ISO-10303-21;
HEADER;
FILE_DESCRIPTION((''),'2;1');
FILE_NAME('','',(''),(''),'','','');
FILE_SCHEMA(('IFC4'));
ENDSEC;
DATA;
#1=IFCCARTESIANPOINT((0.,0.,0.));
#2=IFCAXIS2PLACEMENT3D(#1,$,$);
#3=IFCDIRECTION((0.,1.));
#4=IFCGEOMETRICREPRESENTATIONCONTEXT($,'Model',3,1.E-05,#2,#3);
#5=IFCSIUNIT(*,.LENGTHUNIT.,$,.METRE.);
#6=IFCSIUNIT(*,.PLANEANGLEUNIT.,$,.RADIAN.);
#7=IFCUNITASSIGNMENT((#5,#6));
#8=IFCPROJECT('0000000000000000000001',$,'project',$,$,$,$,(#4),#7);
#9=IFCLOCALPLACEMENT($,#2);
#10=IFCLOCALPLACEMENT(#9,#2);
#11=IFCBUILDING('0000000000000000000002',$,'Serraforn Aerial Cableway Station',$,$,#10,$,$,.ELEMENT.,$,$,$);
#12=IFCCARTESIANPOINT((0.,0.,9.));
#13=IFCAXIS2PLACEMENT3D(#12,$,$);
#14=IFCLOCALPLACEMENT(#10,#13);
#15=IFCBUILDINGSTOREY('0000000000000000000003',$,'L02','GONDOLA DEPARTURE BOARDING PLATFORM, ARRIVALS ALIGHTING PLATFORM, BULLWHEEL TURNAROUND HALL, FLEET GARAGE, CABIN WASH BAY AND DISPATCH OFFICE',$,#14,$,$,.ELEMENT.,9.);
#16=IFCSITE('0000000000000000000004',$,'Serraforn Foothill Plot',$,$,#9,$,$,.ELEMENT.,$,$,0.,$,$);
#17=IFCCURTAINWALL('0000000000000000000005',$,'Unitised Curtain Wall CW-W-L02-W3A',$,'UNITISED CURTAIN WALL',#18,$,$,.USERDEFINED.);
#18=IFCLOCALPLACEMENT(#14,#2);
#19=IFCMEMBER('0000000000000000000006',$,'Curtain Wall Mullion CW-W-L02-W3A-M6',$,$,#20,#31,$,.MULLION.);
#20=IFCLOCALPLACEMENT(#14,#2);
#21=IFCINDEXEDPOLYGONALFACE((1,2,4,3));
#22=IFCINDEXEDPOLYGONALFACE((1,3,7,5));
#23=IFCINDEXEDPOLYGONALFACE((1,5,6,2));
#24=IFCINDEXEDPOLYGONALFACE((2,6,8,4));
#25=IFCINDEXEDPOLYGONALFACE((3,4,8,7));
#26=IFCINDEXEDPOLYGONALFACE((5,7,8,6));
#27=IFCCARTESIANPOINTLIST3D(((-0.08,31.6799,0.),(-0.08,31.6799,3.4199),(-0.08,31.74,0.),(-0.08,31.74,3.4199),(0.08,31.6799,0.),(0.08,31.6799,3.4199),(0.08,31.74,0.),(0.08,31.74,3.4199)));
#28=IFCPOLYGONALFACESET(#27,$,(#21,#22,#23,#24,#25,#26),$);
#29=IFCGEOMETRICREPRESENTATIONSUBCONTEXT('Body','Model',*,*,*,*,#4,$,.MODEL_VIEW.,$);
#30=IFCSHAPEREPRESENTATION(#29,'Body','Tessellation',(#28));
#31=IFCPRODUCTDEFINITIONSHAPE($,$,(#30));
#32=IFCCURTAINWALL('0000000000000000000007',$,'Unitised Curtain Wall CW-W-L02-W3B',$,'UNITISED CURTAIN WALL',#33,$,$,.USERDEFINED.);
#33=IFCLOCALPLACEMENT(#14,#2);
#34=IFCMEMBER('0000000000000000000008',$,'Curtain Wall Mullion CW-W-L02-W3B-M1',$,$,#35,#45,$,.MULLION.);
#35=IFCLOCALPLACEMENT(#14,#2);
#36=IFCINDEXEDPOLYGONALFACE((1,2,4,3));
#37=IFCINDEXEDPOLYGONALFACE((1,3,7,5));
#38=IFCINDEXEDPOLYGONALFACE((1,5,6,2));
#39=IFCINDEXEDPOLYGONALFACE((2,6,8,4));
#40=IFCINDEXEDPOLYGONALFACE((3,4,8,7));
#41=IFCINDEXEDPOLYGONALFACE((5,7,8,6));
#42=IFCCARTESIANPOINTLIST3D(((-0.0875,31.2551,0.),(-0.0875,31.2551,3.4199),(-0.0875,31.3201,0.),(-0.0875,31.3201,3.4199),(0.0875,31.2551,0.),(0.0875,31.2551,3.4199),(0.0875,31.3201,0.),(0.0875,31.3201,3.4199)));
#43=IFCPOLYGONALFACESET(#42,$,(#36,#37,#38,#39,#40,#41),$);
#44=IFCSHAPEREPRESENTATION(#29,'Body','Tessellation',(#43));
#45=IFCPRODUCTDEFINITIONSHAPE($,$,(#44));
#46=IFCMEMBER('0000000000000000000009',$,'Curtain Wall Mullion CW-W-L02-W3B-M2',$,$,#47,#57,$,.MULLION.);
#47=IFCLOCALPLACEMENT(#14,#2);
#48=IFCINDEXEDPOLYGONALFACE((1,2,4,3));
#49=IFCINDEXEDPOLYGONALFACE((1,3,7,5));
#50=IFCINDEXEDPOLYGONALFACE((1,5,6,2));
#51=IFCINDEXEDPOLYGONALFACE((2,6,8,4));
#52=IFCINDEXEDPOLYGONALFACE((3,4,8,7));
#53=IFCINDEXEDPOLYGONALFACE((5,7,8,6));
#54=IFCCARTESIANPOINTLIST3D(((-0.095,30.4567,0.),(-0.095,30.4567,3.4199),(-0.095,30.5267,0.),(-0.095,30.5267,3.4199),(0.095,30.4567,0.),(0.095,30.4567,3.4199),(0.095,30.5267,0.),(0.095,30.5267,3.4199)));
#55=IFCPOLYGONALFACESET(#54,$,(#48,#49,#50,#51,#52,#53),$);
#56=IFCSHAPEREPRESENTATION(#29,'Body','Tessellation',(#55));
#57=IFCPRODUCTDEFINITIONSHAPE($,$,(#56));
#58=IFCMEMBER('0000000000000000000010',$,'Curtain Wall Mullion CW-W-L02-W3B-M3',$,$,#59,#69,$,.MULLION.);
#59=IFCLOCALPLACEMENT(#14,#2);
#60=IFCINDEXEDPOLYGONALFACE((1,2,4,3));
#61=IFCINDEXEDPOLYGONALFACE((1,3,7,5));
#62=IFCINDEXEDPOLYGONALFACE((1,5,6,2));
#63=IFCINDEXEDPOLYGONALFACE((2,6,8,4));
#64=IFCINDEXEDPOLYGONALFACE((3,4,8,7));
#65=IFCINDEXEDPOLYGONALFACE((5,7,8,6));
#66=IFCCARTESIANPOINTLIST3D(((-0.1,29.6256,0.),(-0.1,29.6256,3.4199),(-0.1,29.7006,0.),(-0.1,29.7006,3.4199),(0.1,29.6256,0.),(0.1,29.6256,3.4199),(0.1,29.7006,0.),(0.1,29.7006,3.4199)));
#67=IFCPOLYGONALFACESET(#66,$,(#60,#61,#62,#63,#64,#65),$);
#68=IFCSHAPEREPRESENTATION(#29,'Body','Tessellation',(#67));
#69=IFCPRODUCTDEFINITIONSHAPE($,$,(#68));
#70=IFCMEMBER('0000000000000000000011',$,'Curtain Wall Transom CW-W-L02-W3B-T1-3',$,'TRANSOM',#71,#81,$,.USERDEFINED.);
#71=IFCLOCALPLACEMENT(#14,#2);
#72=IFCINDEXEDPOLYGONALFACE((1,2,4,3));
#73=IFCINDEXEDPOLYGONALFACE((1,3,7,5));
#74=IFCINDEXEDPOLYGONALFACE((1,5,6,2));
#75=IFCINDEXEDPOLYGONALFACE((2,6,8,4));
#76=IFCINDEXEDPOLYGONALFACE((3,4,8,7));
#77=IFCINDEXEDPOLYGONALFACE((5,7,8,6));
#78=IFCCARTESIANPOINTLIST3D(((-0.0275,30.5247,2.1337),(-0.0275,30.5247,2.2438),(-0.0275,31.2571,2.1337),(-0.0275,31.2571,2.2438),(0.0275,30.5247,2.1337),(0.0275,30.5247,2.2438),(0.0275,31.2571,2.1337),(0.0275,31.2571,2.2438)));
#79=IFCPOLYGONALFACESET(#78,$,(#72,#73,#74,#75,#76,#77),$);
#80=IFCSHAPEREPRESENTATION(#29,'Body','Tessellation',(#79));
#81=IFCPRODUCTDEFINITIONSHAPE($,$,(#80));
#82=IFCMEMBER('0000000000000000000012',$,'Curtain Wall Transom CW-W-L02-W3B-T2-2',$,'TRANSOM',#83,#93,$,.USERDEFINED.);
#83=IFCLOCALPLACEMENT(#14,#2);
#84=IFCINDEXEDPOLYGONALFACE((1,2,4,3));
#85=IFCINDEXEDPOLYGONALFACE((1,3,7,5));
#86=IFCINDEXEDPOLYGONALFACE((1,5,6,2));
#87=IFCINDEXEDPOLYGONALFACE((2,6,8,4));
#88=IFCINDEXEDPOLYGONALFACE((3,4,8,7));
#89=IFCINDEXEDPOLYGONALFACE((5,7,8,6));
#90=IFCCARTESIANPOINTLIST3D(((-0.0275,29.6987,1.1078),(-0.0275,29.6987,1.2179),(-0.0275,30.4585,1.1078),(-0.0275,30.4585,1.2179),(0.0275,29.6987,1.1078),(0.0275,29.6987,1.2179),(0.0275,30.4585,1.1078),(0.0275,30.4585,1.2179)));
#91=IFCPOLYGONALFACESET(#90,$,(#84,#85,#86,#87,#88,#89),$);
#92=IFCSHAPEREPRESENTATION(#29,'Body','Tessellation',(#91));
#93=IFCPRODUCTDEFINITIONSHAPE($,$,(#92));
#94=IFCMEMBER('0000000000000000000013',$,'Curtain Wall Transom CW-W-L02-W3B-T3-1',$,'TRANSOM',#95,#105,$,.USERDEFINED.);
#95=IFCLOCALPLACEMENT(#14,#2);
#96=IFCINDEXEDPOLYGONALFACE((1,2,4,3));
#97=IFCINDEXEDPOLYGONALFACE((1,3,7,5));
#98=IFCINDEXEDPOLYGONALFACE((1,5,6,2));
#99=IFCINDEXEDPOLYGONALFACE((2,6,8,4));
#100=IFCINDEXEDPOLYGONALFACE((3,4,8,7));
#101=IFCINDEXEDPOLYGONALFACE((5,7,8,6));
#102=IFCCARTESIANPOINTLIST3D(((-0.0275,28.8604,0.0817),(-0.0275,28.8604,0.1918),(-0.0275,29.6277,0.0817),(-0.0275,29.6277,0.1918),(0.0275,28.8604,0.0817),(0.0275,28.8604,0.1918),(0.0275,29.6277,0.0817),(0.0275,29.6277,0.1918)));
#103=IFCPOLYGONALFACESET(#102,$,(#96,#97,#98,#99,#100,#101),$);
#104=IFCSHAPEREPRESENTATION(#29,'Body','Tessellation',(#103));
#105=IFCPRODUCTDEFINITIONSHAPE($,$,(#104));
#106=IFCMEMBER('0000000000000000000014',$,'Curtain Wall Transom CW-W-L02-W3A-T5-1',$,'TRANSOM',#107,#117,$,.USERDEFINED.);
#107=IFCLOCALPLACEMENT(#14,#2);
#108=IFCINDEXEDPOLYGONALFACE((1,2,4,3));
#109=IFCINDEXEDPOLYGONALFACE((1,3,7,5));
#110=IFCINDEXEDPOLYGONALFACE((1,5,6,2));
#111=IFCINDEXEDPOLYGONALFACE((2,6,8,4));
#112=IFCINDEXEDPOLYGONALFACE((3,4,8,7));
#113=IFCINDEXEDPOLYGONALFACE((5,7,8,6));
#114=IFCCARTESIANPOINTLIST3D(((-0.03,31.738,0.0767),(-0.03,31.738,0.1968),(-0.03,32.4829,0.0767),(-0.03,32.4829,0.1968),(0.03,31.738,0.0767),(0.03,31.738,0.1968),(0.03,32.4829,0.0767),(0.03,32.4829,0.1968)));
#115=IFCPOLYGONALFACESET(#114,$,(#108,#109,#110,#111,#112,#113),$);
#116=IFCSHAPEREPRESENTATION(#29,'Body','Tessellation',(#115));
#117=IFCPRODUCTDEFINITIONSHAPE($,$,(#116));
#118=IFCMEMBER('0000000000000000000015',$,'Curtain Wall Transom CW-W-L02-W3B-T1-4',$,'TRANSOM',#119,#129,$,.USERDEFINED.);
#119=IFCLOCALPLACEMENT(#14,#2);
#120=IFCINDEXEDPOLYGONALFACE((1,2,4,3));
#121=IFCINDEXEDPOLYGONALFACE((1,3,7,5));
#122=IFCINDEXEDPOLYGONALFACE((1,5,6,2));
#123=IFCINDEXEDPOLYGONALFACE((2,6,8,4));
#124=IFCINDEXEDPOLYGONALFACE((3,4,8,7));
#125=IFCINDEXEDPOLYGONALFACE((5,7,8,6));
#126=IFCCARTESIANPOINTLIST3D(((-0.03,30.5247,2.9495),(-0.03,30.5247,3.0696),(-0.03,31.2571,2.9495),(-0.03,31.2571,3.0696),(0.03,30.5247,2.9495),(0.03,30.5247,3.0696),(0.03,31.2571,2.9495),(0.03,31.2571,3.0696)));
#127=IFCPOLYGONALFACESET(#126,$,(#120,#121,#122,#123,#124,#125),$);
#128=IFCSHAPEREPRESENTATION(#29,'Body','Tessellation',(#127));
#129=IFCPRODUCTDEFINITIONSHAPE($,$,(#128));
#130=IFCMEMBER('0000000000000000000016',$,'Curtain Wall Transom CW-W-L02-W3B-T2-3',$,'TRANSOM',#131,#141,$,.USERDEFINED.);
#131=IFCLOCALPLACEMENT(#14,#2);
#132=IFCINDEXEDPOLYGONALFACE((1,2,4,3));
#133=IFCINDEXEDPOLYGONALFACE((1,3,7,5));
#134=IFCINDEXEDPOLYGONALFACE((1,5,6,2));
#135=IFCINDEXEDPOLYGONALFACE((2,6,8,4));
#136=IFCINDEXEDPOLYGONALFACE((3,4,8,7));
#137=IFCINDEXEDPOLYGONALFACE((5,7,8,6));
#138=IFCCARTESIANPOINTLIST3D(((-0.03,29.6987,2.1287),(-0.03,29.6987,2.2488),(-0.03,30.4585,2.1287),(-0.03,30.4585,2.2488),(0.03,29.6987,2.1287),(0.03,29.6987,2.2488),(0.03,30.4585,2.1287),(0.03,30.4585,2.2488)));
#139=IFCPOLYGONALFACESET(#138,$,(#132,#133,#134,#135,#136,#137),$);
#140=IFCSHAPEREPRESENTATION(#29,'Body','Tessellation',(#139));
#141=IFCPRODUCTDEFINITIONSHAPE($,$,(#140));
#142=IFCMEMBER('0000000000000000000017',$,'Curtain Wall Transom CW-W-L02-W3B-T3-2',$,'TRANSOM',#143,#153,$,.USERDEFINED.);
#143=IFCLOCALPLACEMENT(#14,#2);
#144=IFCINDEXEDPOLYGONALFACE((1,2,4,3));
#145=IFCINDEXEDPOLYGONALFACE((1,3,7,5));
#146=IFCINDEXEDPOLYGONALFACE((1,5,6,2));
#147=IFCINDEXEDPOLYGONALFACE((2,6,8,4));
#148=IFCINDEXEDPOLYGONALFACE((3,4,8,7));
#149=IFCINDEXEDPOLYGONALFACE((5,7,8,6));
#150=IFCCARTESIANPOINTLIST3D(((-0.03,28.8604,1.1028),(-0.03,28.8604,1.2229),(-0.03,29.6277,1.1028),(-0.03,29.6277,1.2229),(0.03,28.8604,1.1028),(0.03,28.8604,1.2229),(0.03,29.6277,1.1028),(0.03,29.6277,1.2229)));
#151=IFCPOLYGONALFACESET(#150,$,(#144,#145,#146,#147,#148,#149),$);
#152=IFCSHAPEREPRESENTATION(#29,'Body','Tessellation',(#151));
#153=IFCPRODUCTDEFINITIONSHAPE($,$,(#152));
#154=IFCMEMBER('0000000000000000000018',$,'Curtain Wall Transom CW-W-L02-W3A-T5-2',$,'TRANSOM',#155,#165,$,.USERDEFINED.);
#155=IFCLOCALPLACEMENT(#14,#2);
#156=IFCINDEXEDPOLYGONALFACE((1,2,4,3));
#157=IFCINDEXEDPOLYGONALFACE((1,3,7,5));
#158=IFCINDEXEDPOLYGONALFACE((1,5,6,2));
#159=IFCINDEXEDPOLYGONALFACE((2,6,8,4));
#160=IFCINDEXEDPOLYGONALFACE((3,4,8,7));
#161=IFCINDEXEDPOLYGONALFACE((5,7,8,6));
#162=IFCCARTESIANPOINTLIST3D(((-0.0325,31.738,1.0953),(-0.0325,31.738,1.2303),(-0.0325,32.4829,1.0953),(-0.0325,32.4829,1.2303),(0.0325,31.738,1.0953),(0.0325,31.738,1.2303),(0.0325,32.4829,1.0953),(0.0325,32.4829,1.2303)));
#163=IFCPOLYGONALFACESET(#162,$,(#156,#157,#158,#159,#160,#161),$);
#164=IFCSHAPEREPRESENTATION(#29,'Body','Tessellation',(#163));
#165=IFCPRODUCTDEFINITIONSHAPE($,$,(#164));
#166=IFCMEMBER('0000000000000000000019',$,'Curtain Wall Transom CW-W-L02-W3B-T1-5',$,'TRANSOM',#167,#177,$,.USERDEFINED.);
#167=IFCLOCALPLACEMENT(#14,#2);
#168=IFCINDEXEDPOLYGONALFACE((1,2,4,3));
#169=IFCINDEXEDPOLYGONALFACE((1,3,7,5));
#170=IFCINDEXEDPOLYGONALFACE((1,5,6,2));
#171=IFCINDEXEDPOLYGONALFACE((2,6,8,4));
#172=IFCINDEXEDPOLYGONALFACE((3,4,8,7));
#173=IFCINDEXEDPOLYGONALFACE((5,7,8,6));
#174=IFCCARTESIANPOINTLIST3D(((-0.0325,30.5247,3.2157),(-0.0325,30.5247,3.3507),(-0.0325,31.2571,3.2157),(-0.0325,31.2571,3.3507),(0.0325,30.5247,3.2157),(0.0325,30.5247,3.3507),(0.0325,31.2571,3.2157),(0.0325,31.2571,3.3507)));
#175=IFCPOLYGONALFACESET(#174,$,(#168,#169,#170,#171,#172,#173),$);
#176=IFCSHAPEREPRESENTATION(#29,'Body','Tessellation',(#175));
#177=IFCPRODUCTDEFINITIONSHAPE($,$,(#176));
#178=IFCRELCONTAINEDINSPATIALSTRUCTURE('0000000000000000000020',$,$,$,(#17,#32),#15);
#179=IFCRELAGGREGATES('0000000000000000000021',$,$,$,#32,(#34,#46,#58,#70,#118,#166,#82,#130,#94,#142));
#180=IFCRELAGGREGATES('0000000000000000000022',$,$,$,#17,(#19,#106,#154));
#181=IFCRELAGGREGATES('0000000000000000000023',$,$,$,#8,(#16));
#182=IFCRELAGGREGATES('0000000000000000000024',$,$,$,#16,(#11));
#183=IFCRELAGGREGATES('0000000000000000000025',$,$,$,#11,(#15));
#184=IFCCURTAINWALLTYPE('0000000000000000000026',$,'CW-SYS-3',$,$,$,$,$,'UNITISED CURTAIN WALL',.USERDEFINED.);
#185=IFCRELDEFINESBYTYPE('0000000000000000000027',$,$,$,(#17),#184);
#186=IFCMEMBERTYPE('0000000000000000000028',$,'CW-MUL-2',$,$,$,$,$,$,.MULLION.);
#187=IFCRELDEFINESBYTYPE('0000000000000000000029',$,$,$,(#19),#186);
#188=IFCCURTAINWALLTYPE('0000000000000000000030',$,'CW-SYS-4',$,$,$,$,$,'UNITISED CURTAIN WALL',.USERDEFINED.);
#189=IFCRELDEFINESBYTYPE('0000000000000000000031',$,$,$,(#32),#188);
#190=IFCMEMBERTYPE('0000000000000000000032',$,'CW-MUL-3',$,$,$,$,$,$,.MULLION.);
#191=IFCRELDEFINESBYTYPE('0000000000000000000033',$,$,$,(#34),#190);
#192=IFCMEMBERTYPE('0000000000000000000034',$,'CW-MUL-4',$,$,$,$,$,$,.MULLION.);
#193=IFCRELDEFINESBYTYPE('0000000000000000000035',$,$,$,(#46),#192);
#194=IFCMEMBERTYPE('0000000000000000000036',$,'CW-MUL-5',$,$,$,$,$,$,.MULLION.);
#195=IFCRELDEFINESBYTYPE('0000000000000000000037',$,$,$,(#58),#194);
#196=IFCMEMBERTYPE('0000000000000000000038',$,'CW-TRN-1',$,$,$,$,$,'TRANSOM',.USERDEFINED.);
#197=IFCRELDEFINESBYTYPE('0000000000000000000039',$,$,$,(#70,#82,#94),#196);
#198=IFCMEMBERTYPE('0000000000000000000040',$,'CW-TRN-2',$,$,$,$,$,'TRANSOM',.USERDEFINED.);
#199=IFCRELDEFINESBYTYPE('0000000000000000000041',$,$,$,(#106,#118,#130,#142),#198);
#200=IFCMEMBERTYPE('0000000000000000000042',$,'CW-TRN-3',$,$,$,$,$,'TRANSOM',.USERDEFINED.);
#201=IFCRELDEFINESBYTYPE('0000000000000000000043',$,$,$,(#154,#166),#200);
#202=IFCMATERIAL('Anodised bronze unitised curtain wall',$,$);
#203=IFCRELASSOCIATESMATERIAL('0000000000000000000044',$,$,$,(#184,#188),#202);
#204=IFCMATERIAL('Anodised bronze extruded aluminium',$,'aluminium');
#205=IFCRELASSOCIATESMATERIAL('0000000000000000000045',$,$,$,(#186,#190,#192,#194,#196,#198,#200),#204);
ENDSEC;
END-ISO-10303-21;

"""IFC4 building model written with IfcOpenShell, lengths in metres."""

from ifc_helpers import new_model, si_unit, direction, frame, origin, origin_2d, place, context, subcontext, project, spatial, rectangle, extrude, material, material_profile, profile_set, type_object, element, aggregate, save


model = new_model("IFC4")

# Units and contexts
model_context = context("Model", 3, precision=1e-05, world=origin(), true_north=direction((0.0, 1.0)))
body_context = subcontext(model_context, "Body", "Model", "MODEL_VIEW")
ifc_project = project(units=[si_unit("LENGTHUNIT", "METRE"), si_unit("PLANEANGLEUNIT", "RADIAN")], contexts=[model_context])

# Site, building, storey
site_placement = place(None, origin())
site = spatial("IfcSite", under=ifc_project, at=site_placement, Name="Serraforn Foothill Plot", CompositionType="ELEMENT", RefElevation=0.0)
building_placement = place(site_placement, origin())
building = spatial("IfcBuilding", under=site, at=building_placement, Name="Serraforn Aerial Cableway Station", CompositionType="ELEMENT")
storey_placement = place(building_placement, frame((0.0, 0.0, 9.0)))
storey = spatial("IfcBuildingStorey", under=building, at=storey_placement, Name="L02", Description="GONDOLA DEPARTURE BOARDING PLATFORM, ARRIVALS ALIGHTING PLATFORM, BULLWHEEL TURNAROUND HALL, FLEET GARAGE, CABIN WASH BAY AND DISPATCH OFFICE", CompositionType="ELEMENT", Elevation=9.0)

# Curtain wall, member
ifc_material_1 = material(Name="Anodised bronze unitised curtain wall")
curtain_wall_type_1 = type_object("IfcCurtainWallType", Name="CW-SYS-3", ElementType="UNITISED CURTAIN WALL", PredefinedType="USERDEFINED", material=ifc_material_1)
curtain_wall_1_placement = place(storey_placement, origin())
curtain_wall_1 = element("IfcCurtainWall", 1, at=curtain_wall_1_placement, inside=storey, type_object=curtain_wall_type_1, Name="Unitised Curtain Wall CW-W-L02-W3A", ObjectType="UNITISED CURTAIN WALL", PredefinedType="USERDEFINED")
ifc_material_2 = material(Name="Anodised bronze extruded aluminium", Category="aluminium")
ifc_material_profile_1 = material_profile(ifc_material_2, rectangle(XDim=0.0601, YDim=0.1599, at=origin_2d()), Name="CW MULLION 60x160")
ifc_profile_set_1 = profile_set([ifc_material_profile_1], Name="Anodised bronze extruded aluminium")
member_type_1 = type_object("IfcMemberType", Name="CW-MUL-2", PredefinedType="MULLION", material=ifc_profile_set_1)
member_1_placement = place(storey_placement, frame((0.0, 31.71, 0.0), z_axis=(0.0, 0.0, 1.0), x_axis=(0.0, -1.0, 0.0)))
member_1 = element("IfcMember", 2, at=member_1_placement, type_object=member_type_1, Name="Curtain Wall Mullion CW-W-L02-W3A-M6", PredefinedType="MULLION", context=body_context, shape_type="SweptSolid", body=[
    extrude(rectangle(XDim=0.0601, YDim=0.1599, at=origin_2d()), origin(), (0.0, 0.0, 1.0), 3.4199),
])

# Curtain wall, members
curtain_wall_type_2 = type_object("IfcCurtainWallType", Name="CW-SYS-4", ElementType="UNITISED CURTAIN WALL", PredefinedType="USERDEFINED", material=ifc_material_1)
curtain_wall_2_placement = place(storey_placement, origin())
curtain_wall_2 = element("IfcCurtainWall", 3, at=curtain_wall_2_placement, inside=storey, type_object=curtain_wall_type_2, Name="Unitised Curtain Wall CW-W-L02-W3B", ObjectType="UNITISED CURTAIN WALL", PredefinedType="USERDEFINED")
ifc_material_profile_2 = material_profile(ifc_material_2, rectangle(XDim=0.0649, YDim=0.175, at=origin_2d()), Name="CW MULLION 65x175")
ifc_profile_set_2 = profile_set([ifc_material_profile_2], Name="Anodised bronze extruded aluminium")
member_type_2 = type_object("IfcMemberType", Name="CW-MUL-3", PredefinedType="MULLION", material=ifc_profile_set_2)
member_2_placement = place(storey_placement, frame((0.0, 31.2876, 0.0), z_axis=(0.0, 0.0, 1.0), x_axis=(0.0, -1.0, 0.0)))
member_2 = element("IfcMember", 4, at=member_2_placement, type_object=member_type_2, Name="Curtain Wall Mullion CW-W-L02-W3B-M1", PredefinedType="MULLION", context=body_context, shape_type="SweptSolid", body=[
    extrude(rectangle(XDim=0.0649, YDim=0.175, at=origin_2d()), origin(), (0.0, 0.0, 1.0), 3.4199),
])
ifc_material_profile_3 = material_profile(ifc_material_2, rectangle(XDim=0.0701, YDim=0.1899, at=origin_2d()), Name="CW MULLION 70x190")
ifc_profile_set_3 = profile_set([ifc_material_profile_3], Name="Anodised bronze extruded aluminium")
member_type_3 = type_object("IfcMemberType", Name="CW-MUL-4", PredefinedType="MULLION", material=ifc_profile_set_3)
member_3_placement = place(storey_placement, frame((0.0, 30.4917, 0.0), z_axis=(0.0, 0.0, 1.0), x_axis=(0.0, -1.0, 0.0)))
member_3 = element("IfcMember", 5, at=member_3_placement, type_object=member_type_3, Name="Curtain Wall Mullion CW-W-L02-W3B-M2", PredefinedType="MULLION", context=body_context, shape_type="SweptSolid", body=[
    extrude(rectangle(XDim=0.0701, YDim=0.1899, at=origin_2d()), origin(), (0.0, 0.0, 1.0), 3.4199),
])
ifc_material_profile_4 = material_profile(ifc_material_2, rectangle(XDim=0.075, YDim=0.2, at=origin_2d()), Name="CW MULLION 75x200")
ifc_profile_set_4 = profile_set([ifc_material_profile_4], Name="Anodised bronze extruded aluminium")
member_type_4 = type_object("IfcMemberType", Name="CW-MUL-5", PredefinedType="MULLION", material=ifc_profile_set_4)
member_4_placement = place(storey_placement, frame((0.0, 29.6631, 0.0), z_axis=(0.0, 0.0, 1.0), x_axis=(0.0, -1.0, 0.0)))
member_4 = element("IfcMember", 6, at=member_4_placement, type_object=member_type_4, Name="Curtain Wall Mullion CW-W-L02-W3B-M3", PredefinedType="MULLION", context=body_context, shape_type="SweptSolid", body=[
    extrude(rectangle(XDim=0.075, YDim=0.2, at=origin_2d()), origin(), (0.0, 0.0, 1.0), 3.4199),
])
ifc_material_profile_5 = material_profile(ifc_material_2, rectangle(XDim=0.0549, YDim=0.1101, at=origin_2d()), Name="CW TRANSOM 55x110")
ifc_profile_set_5 = profile_set([ifc_material_profile_5], Name="Anodised bronze extruded aluminium")
member_type_5 = type_object("IfcMemberType", Name="CW-TRN-1", ElementType="TRANSOM", PredefinedType="USERDEFINED", material=ifc_profile_set_5)
member_5_placement = place(storey_placement, frame((0.0, 31.2571, 2.1887), z_axis=(0.0, -1.0, 0.0), x_axis=(1.0, 0.0, 0.0)))
member_5 = element("IfcMember", 7, at=member_5_placement, type_object=member_type_5, Name="Curtain Wall Transom CW-W-L02-W3B-T1-3", ObjectType="TRANSOM", PredefinedType="USERDEFINED", context=body_context, shape_type="SweptSolid", body=[
    extrude(rectangle(XDim=0.0549, YDim=0.1101, at=origin_2d()), origin(), (0.0, 0.0, 1.0), 0.7324),
])
member_6_placement = place(storey_placement, frame((0.0, 30.4585, 1.1628), z_axis=(0.0, -1.0, 0.0), x_axis=(1.0, 0.0, 0.0)))
member_6 = element("IfcMember", 8, at=member_6_placement, type_object=member_type_5, Name="Curtain Wall Transom CW-W-L02-W3B-T2-2", ObjectType="TRANSOM", PredefinedType="USERDEFINED", context=body_context, shape_type="SweptSolid", body=[
    extrude(rectangle(XDim=0.0549, YDim=0.1101, at=origin_2d()), origin(), (0.0, 0.0, 1.0), 0.7598),
])
member_7_placement = place(storey_placement, frame((0.0, 29.6277, 0.1367), z_axis=(0.0, -1.0, 0.0), x_axis=(1.0, 0.0, 0.0)))
member_7 = element("IfcMember", 9, at=member_7_placement, type_object=member_type_5, Name="Curtain Wall Transom CW-W-L02-W3B-T3-1", ObjectType="TRANSOM", PredefinedType="USERDEFINED", context=body_context, shape_type="SweptSolid", body=[
    extrude(rectangle(XDim=0.0549, YDim=0.1101, at=origin_2d()), origin(), (0.0, 0.0, 1.0), 0.7673),
])

# Members
ifc_material_profile_6 = material_profile(ifc_material_2, rectangle(XDim=0.0601, YDim=0.1201, at=origin_2d()), Name="CW TRANSOM 60x120")
ifc_profile_set_6 = profile_set([ifc_material_profile_6], Name="Anodised bronze extruded aluminium")
member_type_6 = type_object("IfcMemberType", Name="CW-TRN-2", ElementType="TRANSOM", PredefinedType="USERDEFINED", material=ifc_profile_set_6)
member_8_placement = place(storey_placement, frame((0.0, 32.4829, 0.1367), z_axis=(0.0, -1.0, 0.0), x_axis=(1.0, 0.0, 0.0)))
member_8 = element("IfcMember", 10, at=member_8_placement, type_object=member_type_6, Name="Curtain Wall Transom CW-W-L02-W3A-T5-1", ObjectType="TRANSOM", PredefinedType="USERDEFINED", context=body_context, shape_type="SweptSolid", body=[
    extrude(rectangle(XDim=0.0601, YDim=0.1201, at=origin_2d()), origin(), (0.0, 0.0, 1.0), 0.7449),
])
member_9_placement = place(storey_placement, frame((0.0, 31.2571, 3.0095), z_axis=(0.0, -1.0, 0.0), x_axis=(1.0, 0.0, 0.0)))
member_9 = element("IfcMember", 11, at=member_9_placement, type_object=member_type_6, Name="Curtain Wall Transom CW-W-L02-W3B-T1-4", ObjectType="TRANSOM", PredefinedType="USERDEFINED", context=body_context, shape_type="SweptSolid", body=[
    extrude(rectangle(XDim=0.0601, YDim=0.1201, at=origin_2d()), origin(), (0.0, 0.0, 1.0), 0.7324),
])
member_10_placement = place(storey_placement, frame((0.0, 30.4585, 2.1887), z_axis=(0.0, -1.0, 0.0), x_axis=(1.0, 0.0, 0.0)))
member_10 = element("IfcMember", 12, at=member_10_placement, type_object=member_type_6, Name="Curtain Wall Transom CW-W-L02-W3B-T2-3", ObjectType="TRANSOM", PredefinedType="USERDEFINED", context=body_context, shape_type="SweptSolid", body=[
    extrude(rectangle(XDim=0.0601, YDim=0.1201, at=origin_2d()), origin(), (0.0, 0.0, 1.0), 0.7598),
])
member_11_placement = place(storey_placement, frame((0.0, 29.6277, 1.1628), z_axis=(0.0, -1.0, 0.0), x_axis=(1.0, 0.0, 0.0)))
member_11 = element("IfcMember", 13, at=member_11_placement, type_object=member_type_6, Name="Curtain Wall Transom CW-W-L02-W3B-T3-2", ObjectType="TRANSOM", PredefinedType="USERDEFINED", context=body_context, shape_type="SweptSolid", body=[
    extrude(rectangle(XDim=0.0601, YDim=0.1201, at=origin_2d()), origin(), (0.0, 0.0, 1.0), 0.7673),
])
ifc_material_profile_7 = material_profile(ifc_material_2, rectangle(XDim=0.0649, YDim=0.135, at=origin_2d()), Name="CW TRANSOM 65x135")
ifc_profile_set_7 = profile_set([ifc_material_profile_7], Name="Anodised bronze extruded aluminium")
member_type_7 = type_object("IfcMemberType", Name="CW-TRN-3", ElementType="TRANSOM", PredefinedType="USERDEFINED", material=ifc_profile_set_7)
member_12_placement = place(storey_placement, frame((0.0, 32.4829, 1.1628), z_axis=(0.0, -1.0, 0.0), x_axis=(1.0, 0.0, 0.0)))
member_12 = element("IfcMember", 14, at=member_12_placement, type_object=member_type_7, Name="Curtain Wall Transom CW-W-L02-W3A-T5-2", ObjectType="TRANSOM", PredefinedType="USERDEFINED", context=body_context, shape_type="SweptSolid", body=[
    extrude(rectangle(XDim=0.0649, YDim=0.135, at=origin_2d()), origin(), (0.0, 0.0, 1.0), 0.7449),
])
member_13_placement = place(storey_placement, frame((0.0, 31.2571, 3.2832), z_axis=(0.0, -1.0, 0.0), x_axis=(1.0, 0.0, 0.0)))
member_13 = element("IfcMember", 15, at=member_13_placement, type_object=member_type_7, Name="Curtain Wall Transom CW-W-L02-W3B-T1-5", ObjectType="TRANSOM", PredefinedType="USERDEFINED", context=body_context, shape_type="SweptSolid", body=[
    extrude(rectangle(XDim=0.0649, YDim=0.135, at=origin_2d()), origin(), (0.0, 0.0, 1.0), 0.7324),
])

aggregate(curtain_wall_2, [member_2, member_3, member_4, member_5, member_9, member_13, member_6, member_10, member_7, member_11])
aggregate(curtain_wall_1, [member_1, member_8, member_12])

save(model, "model.ifc")
